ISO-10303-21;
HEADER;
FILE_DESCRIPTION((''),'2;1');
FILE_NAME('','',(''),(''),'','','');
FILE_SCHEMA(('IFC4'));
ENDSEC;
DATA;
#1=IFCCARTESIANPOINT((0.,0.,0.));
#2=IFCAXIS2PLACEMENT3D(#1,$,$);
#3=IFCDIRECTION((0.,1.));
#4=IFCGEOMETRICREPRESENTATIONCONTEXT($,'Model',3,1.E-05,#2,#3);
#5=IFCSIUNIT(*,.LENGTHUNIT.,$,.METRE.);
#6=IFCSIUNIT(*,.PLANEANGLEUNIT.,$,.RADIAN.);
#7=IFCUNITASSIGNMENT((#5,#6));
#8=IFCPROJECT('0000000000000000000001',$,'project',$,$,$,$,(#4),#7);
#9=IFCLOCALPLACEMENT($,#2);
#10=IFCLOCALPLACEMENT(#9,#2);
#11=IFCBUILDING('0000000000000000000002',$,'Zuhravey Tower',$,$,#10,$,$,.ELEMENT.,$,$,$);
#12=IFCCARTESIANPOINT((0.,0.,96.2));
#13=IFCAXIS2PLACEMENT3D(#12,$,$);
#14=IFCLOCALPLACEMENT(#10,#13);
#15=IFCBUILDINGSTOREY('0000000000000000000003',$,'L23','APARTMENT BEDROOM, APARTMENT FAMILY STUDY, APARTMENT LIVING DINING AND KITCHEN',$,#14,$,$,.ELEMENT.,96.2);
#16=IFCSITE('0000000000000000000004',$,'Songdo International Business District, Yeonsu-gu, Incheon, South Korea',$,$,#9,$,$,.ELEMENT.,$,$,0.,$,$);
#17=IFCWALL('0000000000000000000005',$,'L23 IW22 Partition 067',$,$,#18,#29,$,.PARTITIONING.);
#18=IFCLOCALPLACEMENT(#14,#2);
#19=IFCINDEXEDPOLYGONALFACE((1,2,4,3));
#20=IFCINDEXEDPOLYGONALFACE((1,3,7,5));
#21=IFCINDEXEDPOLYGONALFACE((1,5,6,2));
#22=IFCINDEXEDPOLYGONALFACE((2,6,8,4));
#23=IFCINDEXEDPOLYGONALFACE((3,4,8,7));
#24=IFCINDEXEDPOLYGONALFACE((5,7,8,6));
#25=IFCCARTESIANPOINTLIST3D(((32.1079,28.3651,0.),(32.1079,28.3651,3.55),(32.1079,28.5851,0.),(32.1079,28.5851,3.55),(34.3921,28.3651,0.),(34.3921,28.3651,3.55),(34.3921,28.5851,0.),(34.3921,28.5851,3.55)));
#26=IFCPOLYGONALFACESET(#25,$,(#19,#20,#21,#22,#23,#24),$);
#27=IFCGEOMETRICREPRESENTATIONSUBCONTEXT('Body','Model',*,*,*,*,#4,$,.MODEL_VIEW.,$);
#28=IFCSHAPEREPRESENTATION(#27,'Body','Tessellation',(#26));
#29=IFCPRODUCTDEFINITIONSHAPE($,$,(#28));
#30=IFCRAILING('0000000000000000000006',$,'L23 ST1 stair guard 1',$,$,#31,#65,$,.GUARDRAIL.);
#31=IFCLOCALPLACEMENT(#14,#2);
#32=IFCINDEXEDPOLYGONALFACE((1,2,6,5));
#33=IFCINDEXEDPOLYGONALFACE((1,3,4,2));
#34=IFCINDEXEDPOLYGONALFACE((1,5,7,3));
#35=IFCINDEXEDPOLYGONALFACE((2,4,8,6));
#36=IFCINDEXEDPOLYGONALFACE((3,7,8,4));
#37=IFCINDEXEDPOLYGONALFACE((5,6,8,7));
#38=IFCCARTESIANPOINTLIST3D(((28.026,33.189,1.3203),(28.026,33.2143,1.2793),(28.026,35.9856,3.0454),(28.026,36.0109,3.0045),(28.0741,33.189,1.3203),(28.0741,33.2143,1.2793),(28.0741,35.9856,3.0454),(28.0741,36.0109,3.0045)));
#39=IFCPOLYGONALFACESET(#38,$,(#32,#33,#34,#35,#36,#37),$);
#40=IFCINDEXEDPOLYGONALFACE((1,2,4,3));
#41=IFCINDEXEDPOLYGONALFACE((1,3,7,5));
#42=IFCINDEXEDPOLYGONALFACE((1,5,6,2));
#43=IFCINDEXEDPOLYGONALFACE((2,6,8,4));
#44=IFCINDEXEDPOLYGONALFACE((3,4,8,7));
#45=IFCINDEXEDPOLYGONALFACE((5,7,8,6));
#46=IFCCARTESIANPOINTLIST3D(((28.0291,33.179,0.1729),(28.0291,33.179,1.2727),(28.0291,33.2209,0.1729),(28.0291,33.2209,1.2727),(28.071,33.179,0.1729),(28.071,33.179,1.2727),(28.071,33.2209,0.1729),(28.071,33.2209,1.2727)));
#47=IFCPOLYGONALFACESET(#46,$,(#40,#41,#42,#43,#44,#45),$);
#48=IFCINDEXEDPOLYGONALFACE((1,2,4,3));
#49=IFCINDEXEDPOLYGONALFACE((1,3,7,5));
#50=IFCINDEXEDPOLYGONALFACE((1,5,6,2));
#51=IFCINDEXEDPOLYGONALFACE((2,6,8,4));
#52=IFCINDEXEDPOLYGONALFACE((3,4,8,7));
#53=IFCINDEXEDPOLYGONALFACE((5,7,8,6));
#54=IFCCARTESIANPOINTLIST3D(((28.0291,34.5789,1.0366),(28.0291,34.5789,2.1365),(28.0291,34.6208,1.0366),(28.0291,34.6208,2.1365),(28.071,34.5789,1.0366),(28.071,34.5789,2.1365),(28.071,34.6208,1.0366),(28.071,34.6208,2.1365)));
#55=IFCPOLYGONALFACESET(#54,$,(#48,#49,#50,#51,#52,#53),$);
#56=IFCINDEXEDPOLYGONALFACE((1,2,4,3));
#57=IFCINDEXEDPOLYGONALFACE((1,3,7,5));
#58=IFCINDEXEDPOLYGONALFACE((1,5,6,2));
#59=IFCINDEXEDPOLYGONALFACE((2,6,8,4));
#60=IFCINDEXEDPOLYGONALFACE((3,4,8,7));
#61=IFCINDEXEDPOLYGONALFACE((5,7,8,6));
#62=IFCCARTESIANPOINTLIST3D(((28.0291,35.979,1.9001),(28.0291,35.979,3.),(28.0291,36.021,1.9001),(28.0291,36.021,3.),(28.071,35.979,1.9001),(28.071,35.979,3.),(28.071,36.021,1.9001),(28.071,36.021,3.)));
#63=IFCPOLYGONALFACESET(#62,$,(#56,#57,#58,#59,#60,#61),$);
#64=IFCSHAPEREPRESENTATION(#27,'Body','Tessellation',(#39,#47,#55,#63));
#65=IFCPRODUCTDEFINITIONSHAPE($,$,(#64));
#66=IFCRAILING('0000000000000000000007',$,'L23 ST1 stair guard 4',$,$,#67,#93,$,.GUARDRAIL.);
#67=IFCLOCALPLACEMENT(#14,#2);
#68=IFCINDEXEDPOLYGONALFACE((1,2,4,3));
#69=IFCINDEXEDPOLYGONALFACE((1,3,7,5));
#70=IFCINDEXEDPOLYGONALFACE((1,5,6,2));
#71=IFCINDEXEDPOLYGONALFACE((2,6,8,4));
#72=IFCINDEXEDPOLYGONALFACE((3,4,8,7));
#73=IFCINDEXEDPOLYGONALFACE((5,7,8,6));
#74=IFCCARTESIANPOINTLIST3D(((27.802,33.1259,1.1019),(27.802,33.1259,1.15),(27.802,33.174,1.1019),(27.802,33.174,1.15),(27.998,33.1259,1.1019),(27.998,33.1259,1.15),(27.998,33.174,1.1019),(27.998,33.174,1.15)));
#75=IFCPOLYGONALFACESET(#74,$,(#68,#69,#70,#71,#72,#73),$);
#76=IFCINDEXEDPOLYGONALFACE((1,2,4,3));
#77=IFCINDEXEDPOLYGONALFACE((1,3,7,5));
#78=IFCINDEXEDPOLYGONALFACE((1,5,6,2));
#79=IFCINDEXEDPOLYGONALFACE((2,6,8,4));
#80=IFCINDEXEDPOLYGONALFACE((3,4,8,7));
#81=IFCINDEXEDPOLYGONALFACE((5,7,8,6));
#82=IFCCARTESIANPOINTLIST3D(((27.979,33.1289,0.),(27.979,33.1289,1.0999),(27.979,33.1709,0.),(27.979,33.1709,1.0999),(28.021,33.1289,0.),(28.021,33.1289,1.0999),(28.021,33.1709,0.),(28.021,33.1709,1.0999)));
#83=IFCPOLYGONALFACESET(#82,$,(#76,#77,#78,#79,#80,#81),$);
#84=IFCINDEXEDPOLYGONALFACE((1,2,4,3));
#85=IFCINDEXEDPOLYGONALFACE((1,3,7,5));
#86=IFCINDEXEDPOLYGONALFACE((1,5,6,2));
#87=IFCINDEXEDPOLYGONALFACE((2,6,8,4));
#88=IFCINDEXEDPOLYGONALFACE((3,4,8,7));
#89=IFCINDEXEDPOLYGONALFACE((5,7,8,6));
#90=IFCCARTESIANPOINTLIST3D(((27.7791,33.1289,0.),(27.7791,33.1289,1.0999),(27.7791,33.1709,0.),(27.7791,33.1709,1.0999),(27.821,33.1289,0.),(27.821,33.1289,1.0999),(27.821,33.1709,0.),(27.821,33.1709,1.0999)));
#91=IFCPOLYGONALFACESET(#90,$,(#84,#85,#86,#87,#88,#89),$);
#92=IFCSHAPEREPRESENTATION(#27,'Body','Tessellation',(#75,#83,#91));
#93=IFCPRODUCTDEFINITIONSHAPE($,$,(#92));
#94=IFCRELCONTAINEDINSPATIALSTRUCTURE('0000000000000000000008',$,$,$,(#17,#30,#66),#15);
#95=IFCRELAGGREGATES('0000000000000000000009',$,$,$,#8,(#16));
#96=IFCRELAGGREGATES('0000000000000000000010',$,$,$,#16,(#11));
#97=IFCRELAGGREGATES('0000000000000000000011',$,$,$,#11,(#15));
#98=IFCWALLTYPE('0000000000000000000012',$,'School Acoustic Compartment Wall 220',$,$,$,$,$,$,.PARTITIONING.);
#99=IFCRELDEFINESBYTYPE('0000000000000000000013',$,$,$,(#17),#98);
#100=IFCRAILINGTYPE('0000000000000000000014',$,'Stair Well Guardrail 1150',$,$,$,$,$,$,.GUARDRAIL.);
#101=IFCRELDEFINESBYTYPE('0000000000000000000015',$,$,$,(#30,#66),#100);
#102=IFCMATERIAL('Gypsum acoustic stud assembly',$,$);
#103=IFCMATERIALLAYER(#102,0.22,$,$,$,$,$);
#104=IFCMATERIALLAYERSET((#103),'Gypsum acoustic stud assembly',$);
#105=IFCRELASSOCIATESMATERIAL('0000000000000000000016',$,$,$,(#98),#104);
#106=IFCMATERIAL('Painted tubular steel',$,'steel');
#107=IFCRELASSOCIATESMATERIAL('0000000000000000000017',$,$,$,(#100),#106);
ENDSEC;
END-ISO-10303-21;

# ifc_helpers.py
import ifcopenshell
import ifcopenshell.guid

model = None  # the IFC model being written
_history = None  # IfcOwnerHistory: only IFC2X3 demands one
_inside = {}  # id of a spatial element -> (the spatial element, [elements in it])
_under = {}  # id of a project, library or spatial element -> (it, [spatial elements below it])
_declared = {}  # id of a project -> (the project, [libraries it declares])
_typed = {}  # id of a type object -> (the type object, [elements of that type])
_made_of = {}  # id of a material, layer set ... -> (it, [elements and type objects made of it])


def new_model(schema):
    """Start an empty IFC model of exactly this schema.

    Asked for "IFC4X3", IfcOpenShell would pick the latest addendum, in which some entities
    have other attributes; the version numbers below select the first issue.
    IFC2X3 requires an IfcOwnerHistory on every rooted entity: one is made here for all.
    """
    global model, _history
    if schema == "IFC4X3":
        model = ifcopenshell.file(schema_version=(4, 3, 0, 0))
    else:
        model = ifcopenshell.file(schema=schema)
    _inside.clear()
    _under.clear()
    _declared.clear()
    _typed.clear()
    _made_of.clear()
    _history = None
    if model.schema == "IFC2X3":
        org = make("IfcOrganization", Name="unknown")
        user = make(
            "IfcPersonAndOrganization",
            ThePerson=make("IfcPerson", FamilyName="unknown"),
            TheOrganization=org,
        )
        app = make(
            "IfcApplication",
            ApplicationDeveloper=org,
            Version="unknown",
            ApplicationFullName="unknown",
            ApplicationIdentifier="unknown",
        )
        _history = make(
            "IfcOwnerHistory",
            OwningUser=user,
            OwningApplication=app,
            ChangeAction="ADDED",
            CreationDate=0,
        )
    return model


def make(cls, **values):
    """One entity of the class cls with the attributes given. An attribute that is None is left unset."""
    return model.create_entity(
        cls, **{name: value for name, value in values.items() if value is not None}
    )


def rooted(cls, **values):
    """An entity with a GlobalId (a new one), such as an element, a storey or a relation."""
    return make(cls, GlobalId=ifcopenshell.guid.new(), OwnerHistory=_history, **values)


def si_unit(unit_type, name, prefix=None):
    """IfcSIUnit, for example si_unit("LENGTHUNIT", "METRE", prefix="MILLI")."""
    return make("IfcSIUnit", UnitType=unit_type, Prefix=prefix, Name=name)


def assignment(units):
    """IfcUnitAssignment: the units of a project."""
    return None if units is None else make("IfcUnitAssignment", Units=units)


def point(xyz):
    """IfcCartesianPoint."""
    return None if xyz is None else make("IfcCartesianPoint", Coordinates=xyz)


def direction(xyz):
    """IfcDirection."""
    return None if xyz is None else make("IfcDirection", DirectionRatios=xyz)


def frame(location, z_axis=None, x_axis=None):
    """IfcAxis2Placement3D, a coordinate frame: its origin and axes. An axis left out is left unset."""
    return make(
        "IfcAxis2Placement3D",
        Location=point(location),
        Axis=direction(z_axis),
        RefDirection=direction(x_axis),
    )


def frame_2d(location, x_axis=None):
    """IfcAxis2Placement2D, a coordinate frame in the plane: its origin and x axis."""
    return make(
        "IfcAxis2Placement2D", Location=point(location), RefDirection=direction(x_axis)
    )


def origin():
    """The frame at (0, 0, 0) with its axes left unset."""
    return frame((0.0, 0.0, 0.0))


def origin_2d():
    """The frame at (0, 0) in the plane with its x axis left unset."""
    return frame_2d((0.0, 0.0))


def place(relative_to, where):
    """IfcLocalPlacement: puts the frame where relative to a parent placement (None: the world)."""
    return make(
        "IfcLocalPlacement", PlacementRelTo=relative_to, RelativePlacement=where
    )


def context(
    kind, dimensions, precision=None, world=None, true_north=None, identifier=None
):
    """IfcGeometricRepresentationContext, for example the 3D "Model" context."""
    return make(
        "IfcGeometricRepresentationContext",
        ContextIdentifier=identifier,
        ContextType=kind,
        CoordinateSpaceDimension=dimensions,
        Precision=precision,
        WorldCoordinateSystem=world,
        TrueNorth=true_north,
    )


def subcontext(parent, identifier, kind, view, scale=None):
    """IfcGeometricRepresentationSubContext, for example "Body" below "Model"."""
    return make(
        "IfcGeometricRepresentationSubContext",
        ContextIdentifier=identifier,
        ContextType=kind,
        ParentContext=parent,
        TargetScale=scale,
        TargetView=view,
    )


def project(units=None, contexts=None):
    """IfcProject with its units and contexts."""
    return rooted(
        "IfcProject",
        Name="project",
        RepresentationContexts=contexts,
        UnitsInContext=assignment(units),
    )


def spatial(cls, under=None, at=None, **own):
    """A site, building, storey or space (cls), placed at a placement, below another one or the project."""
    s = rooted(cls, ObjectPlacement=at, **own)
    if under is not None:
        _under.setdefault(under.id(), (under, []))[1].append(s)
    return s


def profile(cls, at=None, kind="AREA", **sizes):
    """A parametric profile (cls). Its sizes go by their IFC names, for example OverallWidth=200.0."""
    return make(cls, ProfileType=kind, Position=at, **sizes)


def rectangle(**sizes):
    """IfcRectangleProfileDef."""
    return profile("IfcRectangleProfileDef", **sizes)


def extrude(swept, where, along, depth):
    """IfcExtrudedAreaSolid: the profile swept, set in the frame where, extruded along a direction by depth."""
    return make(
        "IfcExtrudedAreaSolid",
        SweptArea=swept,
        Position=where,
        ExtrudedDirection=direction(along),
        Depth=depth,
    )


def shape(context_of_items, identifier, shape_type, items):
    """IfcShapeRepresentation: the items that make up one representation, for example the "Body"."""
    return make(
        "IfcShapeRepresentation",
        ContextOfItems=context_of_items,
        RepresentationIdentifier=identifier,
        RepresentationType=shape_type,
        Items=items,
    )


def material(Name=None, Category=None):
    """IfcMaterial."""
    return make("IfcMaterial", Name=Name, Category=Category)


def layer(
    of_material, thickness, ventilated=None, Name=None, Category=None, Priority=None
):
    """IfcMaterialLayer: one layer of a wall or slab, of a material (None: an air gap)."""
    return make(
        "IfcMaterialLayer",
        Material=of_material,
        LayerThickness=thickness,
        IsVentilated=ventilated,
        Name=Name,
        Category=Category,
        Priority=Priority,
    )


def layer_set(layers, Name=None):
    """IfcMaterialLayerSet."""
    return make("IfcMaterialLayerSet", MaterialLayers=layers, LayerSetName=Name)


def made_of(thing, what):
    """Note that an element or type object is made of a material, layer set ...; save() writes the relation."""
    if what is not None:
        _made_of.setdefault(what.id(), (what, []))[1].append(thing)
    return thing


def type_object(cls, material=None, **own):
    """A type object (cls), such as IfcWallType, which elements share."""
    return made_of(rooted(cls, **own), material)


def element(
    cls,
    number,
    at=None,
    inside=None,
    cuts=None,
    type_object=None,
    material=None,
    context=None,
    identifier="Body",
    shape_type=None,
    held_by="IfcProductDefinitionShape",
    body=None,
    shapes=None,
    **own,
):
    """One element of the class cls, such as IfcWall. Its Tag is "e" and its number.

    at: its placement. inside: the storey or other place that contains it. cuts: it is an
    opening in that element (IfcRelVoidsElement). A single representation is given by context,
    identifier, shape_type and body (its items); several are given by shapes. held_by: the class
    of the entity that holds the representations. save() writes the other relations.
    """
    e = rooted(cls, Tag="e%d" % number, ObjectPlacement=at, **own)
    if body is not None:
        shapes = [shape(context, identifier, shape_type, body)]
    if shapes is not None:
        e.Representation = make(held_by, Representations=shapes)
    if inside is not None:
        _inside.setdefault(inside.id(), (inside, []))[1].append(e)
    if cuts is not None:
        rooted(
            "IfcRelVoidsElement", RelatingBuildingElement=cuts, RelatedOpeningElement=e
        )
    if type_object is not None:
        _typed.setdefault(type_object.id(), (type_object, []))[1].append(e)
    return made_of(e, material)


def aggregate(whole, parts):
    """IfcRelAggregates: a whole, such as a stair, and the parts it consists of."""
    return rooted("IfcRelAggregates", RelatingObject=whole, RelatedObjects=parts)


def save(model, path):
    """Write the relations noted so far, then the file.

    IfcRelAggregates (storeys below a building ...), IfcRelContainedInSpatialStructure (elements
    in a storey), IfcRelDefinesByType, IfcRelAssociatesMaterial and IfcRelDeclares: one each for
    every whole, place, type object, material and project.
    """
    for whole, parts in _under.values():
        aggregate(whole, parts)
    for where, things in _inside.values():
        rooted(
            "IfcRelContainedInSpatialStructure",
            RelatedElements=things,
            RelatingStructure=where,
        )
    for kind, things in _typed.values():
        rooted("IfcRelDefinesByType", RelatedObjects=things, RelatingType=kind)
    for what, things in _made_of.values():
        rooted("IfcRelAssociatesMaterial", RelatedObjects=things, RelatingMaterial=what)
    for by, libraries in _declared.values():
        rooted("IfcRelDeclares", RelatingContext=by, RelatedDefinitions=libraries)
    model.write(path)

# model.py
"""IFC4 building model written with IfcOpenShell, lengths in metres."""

from ifc_helpers import new_model, si_unit, direction, frame, frame_2d, origin, origin_2d, place, context, subcontext, project, spatial, rectangle, extrude, material, layer, layer_set, type_object, element, save


model = new_model("IFC4")

# Units and contexts
model_context = context("Model", 3, precision=1e-05, world=origin(), true_north=direction((0.0, 1.0)))
body_context = subcontext(model_context, "Body", "Model", "MODEL_VIEW")
ifc_project = project(units=[si_unit("LENGTHUNIT", "METRE"), si_unit("PLANEANGLEUNIT", "RADIAN")], contexts=[model_context])

# Site, building, storey
site_placement = place(None, origin())
site = spatial("IfcSite", under=ifc_project, at=site_placement, Name="Songdo International Business District, Yeonsu-gu, Incheon, South Korea", CompositionType="ELEMENT", RefElevation=0.0)
building_placement = place(site_placement, origin())
building = spatial("IfcBuilding", under=site, at=building_placement, Name="Zuhravey Tower", CompositionType="ELEMENT")
storey_placement = place(building_placement, frame((0.0, 0.0, 96.2)))
storey = spatial("IfcBuildingStorey", under=building, at=storey_placement, Name="L23", Description="APARTMENT BEDROOM, APARTMENT FAMILY STUDY, APARTMENT LIVING DINING AND KITCHEN", CompositionType="ELEMENT", Elevation=96.2)

# Wall
ifc_material_1 = material(Name="Gypsum acoustic stud assembly")
ifc_layer_1 = layer(ifc_material_1, 0.22)
ifc_layer_set_1 = layer_set([ifc_layer_1], Name="Gypsum acoustic stud assembly")
wall_type_1 = type_object("IfcWallType", Name="School Acoustic Compartment Wall 220", PredefinedType="PARTITIONING", material=ifc_layer_set_1)
for number, where, z_axis, x_axis, name in (
    (1, (32.1079, 28.4751, 0.0), (0.0, 0.0, 1.0), (1.0, 0.0, 0.0), "L23 IW22 Partition 067"),
):
    element("IfcWall", number, at=place(storey_placement, frame(where, z_axis=z_axis, x_axis=x_axis)), inside=storey, type_object=wall_type_1, Name=name, PredefinedType="PARTITIONING", context=body_context, shape_type="SweptSolid", body=[
        extrude(rectangle(XDim=2.2842, YDim=0.22, at=frame_2d((1.1421, 0.0))), origin(), (0.0, 0.0, 1.0), 3.55),
    ])

# Railings
ifc_material_2 = material(Name="Painted tubular steel", Category="steel")
railing_type = type_object("IfcRailingType", Name="Stair Well Guardrail 1150", PredefinedType="GUARDRAIL", material=ifc_material_2)
railing_1_placement = place(storey_placement, frame((28.05, 33.2, 0.1729)))
element("IfcRailing", 2, at=railing_1_placement, inside=storey, type_object=railing_type, Name="L23 ST1 stair guard 1", PredefinedType="GUARDRAIL", context=body_context, shape_type="SweptSolid", body=[
    extrude(rectangle(XDim=0.0481, YDim=0.0481, at=origin_2d()), frame((0.0, 0.0017, 1.127), z_axis=(0.0, 0.85109, 0.52502), x_axis=(-1.0, 0.0, 0.0)), (0.0, 0.0, 1.0), 3.2859),
    extrude(rectangle(XDim=0.042, YDim=0.042, at=origin_2d()), origin(), (0.0, 0.0, 1.0), 1.0999),
    extrude(rectangle(XDim=0.042, YDim=0.042, at=origin_2d()), frame((0.0, 1.3999, 0.8638)), (0.0, 0.0, 1.0), 1.0999),
    extrude(rectangle(XDim=0.042, YDim=0.042, at=origin_2d()), frame((0.0, 2.8, 1.7273)), (0.0, 0.0, 1.0), 1.0999),
])
railing_2_placement = place(storey_placement, frame((28.0, 33.1499, 0.0)))
element("IfcRailing", 3, at=railing_2_placement, inside=storey, type_object=railing_type, Name="L23 ST1 stair guard 4", PredefinedType="GUARDRAIL", context=body_context, shape_type="SweptSolid", body=[
    extrude(rectangle(XDim=0.0481, YDim=0.0481, at=origin_2d()), frame((-0.002, 0.0, 1.126), z_axis=(-1.0, 0.0, 0.0), x_axis=(0.0, -1.0, 0.0)), (0.0, 0.0, 1.0), 0.196),
    extrude(rectangle(XDim=0.042, YDim=0.042, at=origin_2d()), origin(), (0.0, 0.0, 1.0), 1.0999),
    extrude(rectangle(XDim=0.042, YDim=0.042, at=origin_2d()), frame((-0.2, 0.0, 0.0)), (0.0, 0.0, 1.0), 1.0999),
])

save(model, "model.ifc")
